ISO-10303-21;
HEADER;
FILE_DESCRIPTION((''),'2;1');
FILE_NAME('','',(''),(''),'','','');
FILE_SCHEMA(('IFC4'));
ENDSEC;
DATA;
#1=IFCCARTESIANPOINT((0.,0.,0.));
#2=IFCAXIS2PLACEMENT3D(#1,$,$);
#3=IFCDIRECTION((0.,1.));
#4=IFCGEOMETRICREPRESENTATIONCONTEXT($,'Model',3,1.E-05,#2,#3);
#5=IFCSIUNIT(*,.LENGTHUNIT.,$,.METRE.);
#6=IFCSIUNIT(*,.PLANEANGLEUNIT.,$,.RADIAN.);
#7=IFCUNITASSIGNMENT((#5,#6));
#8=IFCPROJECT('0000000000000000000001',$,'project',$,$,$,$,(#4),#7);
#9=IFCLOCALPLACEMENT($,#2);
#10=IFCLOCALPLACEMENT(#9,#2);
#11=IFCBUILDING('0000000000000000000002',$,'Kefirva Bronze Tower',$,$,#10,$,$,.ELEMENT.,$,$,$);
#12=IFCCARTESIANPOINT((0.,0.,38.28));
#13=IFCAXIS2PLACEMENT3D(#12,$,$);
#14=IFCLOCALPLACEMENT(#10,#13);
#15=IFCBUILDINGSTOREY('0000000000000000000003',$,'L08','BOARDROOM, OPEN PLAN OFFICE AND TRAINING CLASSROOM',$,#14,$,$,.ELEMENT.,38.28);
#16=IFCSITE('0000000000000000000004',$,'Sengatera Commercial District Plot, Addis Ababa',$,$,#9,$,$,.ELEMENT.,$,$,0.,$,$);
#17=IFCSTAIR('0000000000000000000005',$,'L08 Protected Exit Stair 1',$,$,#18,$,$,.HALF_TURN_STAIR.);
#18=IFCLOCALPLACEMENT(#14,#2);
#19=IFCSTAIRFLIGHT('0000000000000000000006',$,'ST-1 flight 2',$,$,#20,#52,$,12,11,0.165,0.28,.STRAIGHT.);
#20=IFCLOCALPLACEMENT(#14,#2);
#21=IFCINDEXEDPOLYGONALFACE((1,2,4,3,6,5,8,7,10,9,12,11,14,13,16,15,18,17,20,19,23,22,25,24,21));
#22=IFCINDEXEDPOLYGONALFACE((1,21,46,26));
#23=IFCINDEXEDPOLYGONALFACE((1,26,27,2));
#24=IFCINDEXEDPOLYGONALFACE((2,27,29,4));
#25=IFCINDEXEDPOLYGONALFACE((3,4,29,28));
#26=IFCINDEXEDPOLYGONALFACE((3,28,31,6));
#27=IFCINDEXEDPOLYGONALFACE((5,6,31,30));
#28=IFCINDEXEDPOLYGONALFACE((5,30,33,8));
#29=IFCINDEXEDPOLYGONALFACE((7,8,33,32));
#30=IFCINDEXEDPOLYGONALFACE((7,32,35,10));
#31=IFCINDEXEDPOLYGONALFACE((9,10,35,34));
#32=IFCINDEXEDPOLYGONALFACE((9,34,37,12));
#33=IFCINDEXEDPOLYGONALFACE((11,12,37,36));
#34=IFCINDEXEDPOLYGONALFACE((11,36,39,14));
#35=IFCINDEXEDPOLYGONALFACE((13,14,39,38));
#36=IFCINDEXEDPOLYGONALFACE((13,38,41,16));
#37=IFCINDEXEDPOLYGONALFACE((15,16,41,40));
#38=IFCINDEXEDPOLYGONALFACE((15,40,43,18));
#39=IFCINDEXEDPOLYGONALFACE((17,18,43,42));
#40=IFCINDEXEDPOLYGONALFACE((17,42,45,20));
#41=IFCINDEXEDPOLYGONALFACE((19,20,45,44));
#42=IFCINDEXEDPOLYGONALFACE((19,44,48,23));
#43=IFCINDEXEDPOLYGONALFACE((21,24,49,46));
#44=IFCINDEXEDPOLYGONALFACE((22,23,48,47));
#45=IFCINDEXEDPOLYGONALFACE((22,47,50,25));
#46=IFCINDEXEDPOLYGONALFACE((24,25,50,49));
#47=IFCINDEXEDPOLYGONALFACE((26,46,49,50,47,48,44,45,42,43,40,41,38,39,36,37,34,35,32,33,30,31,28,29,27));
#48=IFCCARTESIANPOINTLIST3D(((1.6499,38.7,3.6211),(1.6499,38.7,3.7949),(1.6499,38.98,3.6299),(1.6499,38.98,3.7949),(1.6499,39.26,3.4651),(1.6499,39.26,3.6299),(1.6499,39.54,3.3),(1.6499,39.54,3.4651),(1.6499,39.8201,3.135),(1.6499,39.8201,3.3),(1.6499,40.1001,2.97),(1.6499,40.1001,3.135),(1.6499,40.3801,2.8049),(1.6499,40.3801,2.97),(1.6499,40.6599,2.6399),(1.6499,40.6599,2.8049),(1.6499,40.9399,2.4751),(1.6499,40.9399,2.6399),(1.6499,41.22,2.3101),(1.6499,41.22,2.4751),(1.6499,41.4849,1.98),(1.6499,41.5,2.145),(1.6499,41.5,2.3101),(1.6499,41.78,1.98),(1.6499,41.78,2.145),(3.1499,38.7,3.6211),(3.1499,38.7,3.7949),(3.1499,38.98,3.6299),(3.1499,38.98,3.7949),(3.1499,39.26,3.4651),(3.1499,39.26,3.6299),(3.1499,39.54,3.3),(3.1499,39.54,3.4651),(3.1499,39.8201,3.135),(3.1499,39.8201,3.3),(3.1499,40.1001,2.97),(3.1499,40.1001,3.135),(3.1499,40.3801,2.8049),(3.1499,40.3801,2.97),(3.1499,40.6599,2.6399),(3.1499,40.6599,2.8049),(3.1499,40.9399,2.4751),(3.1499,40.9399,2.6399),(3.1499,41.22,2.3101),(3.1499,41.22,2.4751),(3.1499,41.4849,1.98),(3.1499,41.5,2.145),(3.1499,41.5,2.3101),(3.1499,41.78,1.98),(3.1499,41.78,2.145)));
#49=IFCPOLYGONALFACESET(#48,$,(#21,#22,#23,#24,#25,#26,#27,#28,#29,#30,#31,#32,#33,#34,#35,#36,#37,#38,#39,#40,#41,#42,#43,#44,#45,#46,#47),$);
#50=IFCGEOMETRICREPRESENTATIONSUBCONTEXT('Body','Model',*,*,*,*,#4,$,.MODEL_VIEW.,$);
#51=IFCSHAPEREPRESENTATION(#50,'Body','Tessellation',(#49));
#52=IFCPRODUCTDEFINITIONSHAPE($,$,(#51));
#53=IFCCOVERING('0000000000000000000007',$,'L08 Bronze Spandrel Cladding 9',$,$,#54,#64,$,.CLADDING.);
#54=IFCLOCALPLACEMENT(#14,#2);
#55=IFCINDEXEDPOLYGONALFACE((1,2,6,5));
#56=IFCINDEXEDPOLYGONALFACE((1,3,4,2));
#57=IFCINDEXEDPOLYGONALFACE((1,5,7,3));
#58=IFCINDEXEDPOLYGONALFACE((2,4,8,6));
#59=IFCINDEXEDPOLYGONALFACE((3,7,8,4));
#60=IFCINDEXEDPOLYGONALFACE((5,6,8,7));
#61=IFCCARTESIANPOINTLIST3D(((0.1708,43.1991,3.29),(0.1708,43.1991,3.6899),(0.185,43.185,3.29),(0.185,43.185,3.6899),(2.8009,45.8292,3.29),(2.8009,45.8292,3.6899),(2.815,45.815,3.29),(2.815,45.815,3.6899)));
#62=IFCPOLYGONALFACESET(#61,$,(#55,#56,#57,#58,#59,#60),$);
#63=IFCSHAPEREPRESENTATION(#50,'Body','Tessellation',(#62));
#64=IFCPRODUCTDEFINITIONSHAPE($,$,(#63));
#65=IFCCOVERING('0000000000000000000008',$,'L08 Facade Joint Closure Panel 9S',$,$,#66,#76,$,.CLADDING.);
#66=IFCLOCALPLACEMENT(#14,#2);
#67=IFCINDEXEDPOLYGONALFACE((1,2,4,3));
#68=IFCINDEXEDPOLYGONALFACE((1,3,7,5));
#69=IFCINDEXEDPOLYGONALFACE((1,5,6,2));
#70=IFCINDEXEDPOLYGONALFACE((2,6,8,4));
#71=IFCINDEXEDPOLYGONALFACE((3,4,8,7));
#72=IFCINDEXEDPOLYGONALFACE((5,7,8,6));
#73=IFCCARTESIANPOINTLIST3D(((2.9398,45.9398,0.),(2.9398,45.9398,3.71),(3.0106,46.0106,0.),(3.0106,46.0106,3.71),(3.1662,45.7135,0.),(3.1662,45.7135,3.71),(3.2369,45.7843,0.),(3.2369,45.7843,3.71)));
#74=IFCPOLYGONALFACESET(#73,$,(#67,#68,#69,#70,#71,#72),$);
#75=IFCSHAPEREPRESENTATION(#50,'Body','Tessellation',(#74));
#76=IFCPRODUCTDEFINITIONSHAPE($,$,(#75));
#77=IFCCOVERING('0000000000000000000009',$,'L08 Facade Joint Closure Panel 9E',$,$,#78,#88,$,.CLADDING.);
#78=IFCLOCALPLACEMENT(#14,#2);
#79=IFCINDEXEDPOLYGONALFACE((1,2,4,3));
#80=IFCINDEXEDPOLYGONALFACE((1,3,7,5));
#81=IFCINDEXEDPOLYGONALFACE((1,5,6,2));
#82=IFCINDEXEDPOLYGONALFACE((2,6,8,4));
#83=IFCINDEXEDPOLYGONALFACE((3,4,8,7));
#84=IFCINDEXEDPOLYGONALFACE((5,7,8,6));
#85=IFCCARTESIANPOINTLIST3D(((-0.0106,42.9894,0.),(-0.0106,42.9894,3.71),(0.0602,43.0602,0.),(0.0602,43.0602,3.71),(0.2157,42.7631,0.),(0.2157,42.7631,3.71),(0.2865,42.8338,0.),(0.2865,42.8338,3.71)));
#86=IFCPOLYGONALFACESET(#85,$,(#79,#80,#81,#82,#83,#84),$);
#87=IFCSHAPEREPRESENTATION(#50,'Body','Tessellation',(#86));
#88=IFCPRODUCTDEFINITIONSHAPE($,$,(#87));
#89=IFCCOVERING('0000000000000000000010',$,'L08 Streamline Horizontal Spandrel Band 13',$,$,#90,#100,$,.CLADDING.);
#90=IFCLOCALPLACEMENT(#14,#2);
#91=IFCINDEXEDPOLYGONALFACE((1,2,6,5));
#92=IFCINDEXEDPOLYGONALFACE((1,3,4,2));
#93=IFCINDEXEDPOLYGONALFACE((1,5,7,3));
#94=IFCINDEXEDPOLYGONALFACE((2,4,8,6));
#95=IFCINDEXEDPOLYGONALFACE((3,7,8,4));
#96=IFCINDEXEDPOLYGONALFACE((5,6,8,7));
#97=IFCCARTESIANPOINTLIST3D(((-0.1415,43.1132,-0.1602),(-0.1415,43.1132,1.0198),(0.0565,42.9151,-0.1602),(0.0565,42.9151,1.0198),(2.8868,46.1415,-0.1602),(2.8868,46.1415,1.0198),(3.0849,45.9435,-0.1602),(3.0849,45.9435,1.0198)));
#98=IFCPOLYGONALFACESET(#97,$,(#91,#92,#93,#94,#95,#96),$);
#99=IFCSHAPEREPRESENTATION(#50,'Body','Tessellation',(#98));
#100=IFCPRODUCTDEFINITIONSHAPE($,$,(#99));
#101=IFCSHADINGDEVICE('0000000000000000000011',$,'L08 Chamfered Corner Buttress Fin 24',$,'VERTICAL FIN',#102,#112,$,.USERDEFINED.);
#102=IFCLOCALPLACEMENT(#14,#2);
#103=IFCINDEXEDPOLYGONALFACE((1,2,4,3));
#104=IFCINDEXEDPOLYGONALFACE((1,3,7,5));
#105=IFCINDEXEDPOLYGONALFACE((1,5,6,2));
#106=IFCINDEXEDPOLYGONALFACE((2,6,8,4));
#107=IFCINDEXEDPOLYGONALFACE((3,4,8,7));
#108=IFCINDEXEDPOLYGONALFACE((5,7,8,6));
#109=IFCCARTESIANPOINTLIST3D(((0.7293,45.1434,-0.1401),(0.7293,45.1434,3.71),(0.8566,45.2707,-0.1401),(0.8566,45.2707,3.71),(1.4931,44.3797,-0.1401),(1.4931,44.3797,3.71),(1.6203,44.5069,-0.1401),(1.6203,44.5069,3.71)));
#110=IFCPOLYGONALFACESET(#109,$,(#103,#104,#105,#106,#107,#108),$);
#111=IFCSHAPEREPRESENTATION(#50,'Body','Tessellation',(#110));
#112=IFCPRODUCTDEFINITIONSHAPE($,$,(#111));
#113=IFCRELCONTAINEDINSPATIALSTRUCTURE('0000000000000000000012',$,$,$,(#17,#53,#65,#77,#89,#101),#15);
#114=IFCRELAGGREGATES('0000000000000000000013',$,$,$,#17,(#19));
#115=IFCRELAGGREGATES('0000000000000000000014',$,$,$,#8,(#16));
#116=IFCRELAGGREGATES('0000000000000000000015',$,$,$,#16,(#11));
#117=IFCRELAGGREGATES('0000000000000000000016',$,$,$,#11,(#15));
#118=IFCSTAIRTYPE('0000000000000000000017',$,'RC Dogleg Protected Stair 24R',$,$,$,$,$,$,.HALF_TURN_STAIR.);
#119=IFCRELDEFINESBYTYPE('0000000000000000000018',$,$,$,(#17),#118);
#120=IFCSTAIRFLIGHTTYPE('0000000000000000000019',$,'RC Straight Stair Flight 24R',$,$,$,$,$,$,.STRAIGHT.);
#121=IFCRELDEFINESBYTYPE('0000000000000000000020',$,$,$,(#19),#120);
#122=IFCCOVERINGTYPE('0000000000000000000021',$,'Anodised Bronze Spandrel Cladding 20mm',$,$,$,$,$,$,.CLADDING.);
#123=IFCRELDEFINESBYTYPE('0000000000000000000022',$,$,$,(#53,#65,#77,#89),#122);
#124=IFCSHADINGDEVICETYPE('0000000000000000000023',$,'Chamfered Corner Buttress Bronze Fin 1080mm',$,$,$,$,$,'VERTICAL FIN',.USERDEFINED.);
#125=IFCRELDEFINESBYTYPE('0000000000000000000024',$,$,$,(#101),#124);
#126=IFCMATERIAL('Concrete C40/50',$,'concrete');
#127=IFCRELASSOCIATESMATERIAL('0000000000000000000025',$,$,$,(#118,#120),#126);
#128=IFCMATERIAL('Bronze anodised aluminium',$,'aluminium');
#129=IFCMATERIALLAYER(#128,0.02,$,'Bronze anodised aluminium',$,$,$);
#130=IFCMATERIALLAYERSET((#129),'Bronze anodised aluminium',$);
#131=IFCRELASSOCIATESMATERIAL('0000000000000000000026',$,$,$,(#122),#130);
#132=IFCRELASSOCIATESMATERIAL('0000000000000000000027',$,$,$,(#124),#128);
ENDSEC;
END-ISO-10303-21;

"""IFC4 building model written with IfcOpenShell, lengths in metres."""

from ifc_helpers import new_model, si_unit, direction, frame, origin, origin_2d, place, context, subcontext, project, spatial, polyline, rectangle, outline, extrude, material, layer, layer_set, material_profile, profile_set, type_object, element, aggregate, save


model = new_model("IFC4")

# Units and contexts
model_context = context("Model", 3, precision=1e-05, world=origin(), true_north=direction((0.0, 1.0)))
body_context = subcontext(model_context, "Body", "Model", "MODEL_VIEW")
ifc_project = project(units=[si_unit("LENGTHUNIT", "METRE"), si_unit("PLANEANGLEUNIT", "RADIAN")], contexts=[model_context])

# Site, building, storey
site_placement = place(None, origin())
site = spatial("IfcSite", under=ifc_project, at=site_placement, Name="Sengatera Commercial District Plot, Addis Ababa", CompositionType="ELEMENT", RefElevation=0.0)
building_placement = place(site_placement, origin())
building = spatial("IfcBuilding", under=site, at=building_placement, Name="Kefirva Bronze Tower", CompositionType="ELEMENT")
storey_placement = place(building_placement, frame((0.0, 0.0, 38.28)))
storey = spatial("IfcBuildingStorey", under=building, at=storey_placement, Name="L08", Description="BOARDROOM, OPEN PLAN OFFICE AND TRAINING CLASSROOM", CompositionType="ELEMENT", Elevation=38.28)

# Shared definitions
ifc_material_1 = material(Name="Bronze anodised aluminium", Category="aluminium")

# Stair, stair flight
ifc_material_2 = material(Name="Concrete C40/50", Category="concrete")
stair_type = type_object("IfcStairType", Name="RC Dogleg Protected Stair 24R", PredefinedType="HALF_TURN_STAIR", material=ifc_material_2)
stair_placement = place(storey_placement, origin())
stair = element("IfcStair", 1, at=stair_placement, inside=storey, type_object=stair_type, Name="L08 Protected Exit Stair 1", PredefinedType="HALF_TURN_STAIR")
stair_flight_type = type_object("IfcStairFlightType", Name="RC Straight Stair Flight 24R", PredefinedType="STRAIGHT", material=ifc_material_2)
stair_flight_1_placement = place(storey_placement, frame((2.3999, 41.78, 1.98), z_axis=(0.0, 0.0, 1.0), x_axis=(0.0, -1.0, 0.0)))
stair_flight_1 = element("IfcStairFlight", 2, at=stair_flight_1_placement, type_object=stair_flight_type, Name="ST-1 flight 2", NumberOfRisers=12, NumberOfTreads=11, PredefinedType="STRAIGHT", RiserHeight=0.165, TreadLength=0.28, context=body_context, shape_type="SweptSolid", body=[
    extrude(outline(polyline([(0.0, 0.0), (0.0, 0.165), (0.28, 0.165), (0.28, 0.3301), (0.5601, 0.3301), (0.5601, 0.4951), (0.8401, 0.4951), (0.8401, 0.6599), (1.1201, 0.6599), (1.1201, 0.825), (1.3999, 0.825), (1.3999, 0.99), (1.6799, 0.99), (1.6799, 1.155), (1.96, 1.155), (1.96, 1.3201), (2.24, 1.3201), (2.24, 1.4851), (2.52, 1.4851), (2.52, 1.6499), (2.8, 1.6499), (2.8, 1.8149), (3.0801, 1.8149), (3.0801, 1.98), (3.0801, 1.6411), (0.2952, 0.0), (0.0, 0.0)])), frame((0.0, 0.75, 0.0), z_axis=(0.0, -1.0, 0.0), x_axis=(1.0, 0.0, 0.0)), (0.0, 0.0, 1.0), 1.5),
])
aggregate(stair, [stair_flight_1])

# Coverings
ifc_layer_1 = layer(ifc_material_1, 0.02, Name="Bronze anodised aluminium")
ifc_layer_set_1 = layer_set([ifc_layer_1], Name="Bronze anodised aluminium")
covering_type_1 = type_object("IfcCoveringType", Name="Anodised Bronze Spandrel Cladding 20mm", PredefinedType="CLADDING", material=ifc_layer_set_1)
covering_1_placement = place(storey_placement, frame((1.4929, 44.5071, 3.29), z_axis=(0.0, 0.0, 1.0), x_axis=(-0.707107, -0.707107, 0.0)))
element("IfcCovering", 3, at=covering_1_placement, inside=storey, type_object=covering_type_1, Name="L08 Bronze Spandrel Cladding 9", PredefinedType="CLADDING", context=body_context, shape_type="SweptSolid", body=[
    extrude(rectangle(XDim=3.7195, YDim=0.02, at=origin_2d()), origin(), (0.0, 0.0, 1.0), 0.3999),
])
for number, where, z_axis, x_axis, name in (
    (4, (3.0884, 45.8621, 0.0), (0.0, 0.0, 1.0), (-0.707107, -0.707107, 0.0), "L08 Facade Joint Closure Panel 9S"),
    (5, (0.1379, 42.9116, 0.0), (0.0, 0.0, 1.0), (-0.707107, -0.707107, 0.0), "L08 Facade Joint Closure Panel 9E"),
):
    element("IfcCovering", number, at=place(storey_placement, frame(where, z_axis=z_axis, x_axis=x_axis)), inside=storey, type_object=covering_type_1, Name=name, PredefinedType="CLADDING", context=body_context, shape_type="SweptSolid", body=[
        extrude(rectangle(XDim=0.1001, YDim=0.3201, at=origin_2d()), origin(), (0.0, 0.0, 1.0), 3.71),
    ])
covering_2_placement = place(storey_placement, frame((1.4717, 44.5283, -0.1602), z_axis=(0.0, 0.0, 1.0), x_axis=(-0.707107, -0.707107, 0.0)))
element("IfcCovering", 6, at=covering_2_placement, inside=storey, type_object=covering_type_1, Name="L08 Streamline Horizontal Spandrel Band 13", PredefinedType="CLADDING", context=body_context, shape_type="SweptSolid", body=[
    extrude(rectangle(XDim=4.2827, YDim=0.28, at=origin_2d()), origin(), (0.0, 0.0, 1.0), 1.1799),
])

# Shading device
ifc_material_profile_1 = material_profile(ifc_material_1, rectangle(XDim=0.1799, YDim=1.0801, at=origin_2d()), Name="BRONZE BUTTRESS FIN 180x1080")
ifc_profile_set_1 = profile_set([ifc_material_profile_1], Name="Bronze anodised aluminium")
shading_device_type = type_object("IfcShadingDeviceType", Name="Chamfered Corner Buttress Bronze Fin 1080mm", ElementType="VERTICAL FIN", PredefinedType="USERDEFINED", material=ifc_profile_set_1)
shading_device_placement = place(storey_placement, frame((1.1748, 44.8252, -0.1401), z_axis=(0.0, 0.0, 1.0), x_axis=(-0.707107, -0.707107, 0.0)))
element("IfcShadingDevice", 7, at=shading_device_placement, inside=storey, type_object=shading_device_type, Name="L08 Chamfered Corner Buttress Fin 24", ObjectType="VERTICAL FIN", PredefinedType="USERDEFINED", context=body_context, shape_type="SweptSolid", body=[
    extrude(rectangle(XDim=0.1799, YDim=1.0801, at=origin_2d()), origin(), (0.0, 0.0, 1.0), 3.8501),
])

save(model, "model.ifc")
